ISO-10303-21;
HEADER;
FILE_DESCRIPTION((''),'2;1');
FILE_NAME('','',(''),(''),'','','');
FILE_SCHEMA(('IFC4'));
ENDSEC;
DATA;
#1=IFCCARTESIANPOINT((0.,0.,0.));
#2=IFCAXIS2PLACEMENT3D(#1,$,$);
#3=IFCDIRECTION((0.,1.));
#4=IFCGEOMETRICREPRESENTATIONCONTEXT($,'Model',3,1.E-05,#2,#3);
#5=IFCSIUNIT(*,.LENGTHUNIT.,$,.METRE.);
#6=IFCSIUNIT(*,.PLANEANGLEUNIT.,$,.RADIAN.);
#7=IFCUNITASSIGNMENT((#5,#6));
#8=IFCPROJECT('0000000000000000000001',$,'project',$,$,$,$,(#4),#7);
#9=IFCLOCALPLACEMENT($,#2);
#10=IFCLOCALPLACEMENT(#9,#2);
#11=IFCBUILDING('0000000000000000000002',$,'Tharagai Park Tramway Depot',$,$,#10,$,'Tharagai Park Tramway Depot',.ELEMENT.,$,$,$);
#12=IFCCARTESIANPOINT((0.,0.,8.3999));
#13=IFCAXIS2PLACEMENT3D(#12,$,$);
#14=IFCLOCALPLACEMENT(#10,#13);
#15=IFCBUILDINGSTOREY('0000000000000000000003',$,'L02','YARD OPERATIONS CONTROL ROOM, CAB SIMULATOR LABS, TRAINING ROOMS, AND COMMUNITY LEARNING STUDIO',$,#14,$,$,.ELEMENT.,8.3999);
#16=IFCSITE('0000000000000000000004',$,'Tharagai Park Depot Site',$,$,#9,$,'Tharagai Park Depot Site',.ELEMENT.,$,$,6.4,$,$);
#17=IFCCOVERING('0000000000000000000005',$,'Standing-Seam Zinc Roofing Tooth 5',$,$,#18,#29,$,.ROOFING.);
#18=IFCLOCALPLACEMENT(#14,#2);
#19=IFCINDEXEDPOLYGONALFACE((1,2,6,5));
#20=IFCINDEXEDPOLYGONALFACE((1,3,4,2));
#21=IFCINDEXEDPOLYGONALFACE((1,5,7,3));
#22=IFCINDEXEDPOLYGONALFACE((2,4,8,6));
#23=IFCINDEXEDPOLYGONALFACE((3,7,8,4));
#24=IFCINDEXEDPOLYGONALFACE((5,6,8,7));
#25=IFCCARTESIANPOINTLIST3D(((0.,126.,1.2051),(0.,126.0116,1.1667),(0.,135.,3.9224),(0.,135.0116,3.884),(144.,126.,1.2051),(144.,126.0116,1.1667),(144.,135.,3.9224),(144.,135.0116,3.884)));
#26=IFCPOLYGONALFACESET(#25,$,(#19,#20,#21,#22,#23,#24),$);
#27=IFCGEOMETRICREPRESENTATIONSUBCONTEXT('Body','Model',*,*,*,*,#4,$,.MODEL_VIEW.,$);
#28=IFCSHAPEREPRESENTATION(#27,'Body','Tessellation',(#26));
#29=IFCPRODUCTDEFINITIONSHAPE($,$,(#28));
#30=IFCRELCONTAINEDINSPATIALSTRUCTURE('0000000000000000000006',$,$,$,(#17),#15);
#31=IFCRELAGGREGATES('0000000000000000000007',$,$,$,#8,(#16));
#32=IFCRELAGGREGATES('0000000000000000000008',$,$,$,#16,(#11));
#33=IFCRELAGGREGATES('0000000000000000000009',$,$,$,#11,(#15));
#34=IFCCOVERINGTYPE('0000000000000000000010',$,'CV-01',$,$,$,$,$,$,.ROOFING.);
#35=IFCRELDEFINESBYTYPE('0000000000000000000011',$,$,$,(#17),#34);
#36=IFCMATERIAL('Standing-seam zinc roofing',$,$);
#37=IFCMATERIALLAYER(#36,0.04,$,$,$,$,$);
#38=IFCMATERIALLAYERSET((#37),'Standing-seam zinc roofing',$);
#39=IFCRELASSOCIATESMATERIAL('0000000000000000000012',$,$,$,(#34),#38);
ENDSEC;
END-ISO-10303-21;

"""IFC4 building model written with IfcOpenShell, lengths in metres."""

from ifc_helpers import new_model, si_unit, direction, frame, origin, place, context, subcontext, project, spatial, polyline, outline, extrude, material, layer, layer_set, type_object, element, save


model = new_model("IFC4")

# Units and contexts
model_context = context("Model", 3, precision=1e-05, world=origin(), true_north=direction((0.0, 1.0)))
body_context = subcontext(model_context, "Body", "Model", "MODEL_VIEW")
ifc_project = project(units=[si_unit("LENGTHUNIT", "METRE"), si_unit("PLANEANGLEUNIT", "RADIAN")], contexts=[model_context])

# Site, building, storey
site_placement = place(None, origin())
site = spatial("IfcSite", under=ifc_project, at=site_placement, Name="Tharagai Park Depot Site", LongName="Tharagai Park Depot Site", CompositionType="ELEMENT", RefElevation=6.4)
building_placement = place(site_placement, origin())
building = spatial("IfcBuilding", under=site, at=building_placement, Name="Tharagai Park Tramway Depot", LongName="Tharagai Park Tramway Depot", CompositionType="ELEMENT")
storey_placement = place(building_placement, frame((0.0, 0.0, 8.3999)))
storey = spatial("IfcBuildingStorey", under=building, at=storey_placement, Name="L02", Description="YARD OPERATIONS CONTROL ROOM, CAB SIMULATOR LABS, TRAINING ROOMS, AND COMMUNITY LEARNING STUDIO", CompositionType="ELEMENT", Elevation=8.3999)

# Covering
ifc_material_1 = material(Name="Standing-seam zinc roofing")
ifc_layer_1 = layer(ifc_material_1, 0.04)
ifc_layer_set_1 = layer_set([ifc_layer_1], Name="Standing-seam zinc roofing")
covering_type = type_object("IfcCoveringType", Name="CV-01", PredefinedType="ROOFING", material=ifc_layer_set_1)
covering_placement = place(storey_placement, frame((0.0, 126.0, 1.2051), z_axis=(0.0, -0.289034, 0.957319), x_axis=(1.0, 0.0, 0.0)))
element("IfcCovering", 1, at=covering_placement, inside=storey, type_object=covering_type, Name="Standing-Seam Zinc Roofing Tooth 5", PredefinedType="ROOFING", context=body_context, shape_type="SweptSolid", body=[
    extrude(outline(polyline([(0.0, 0.0), (144.0, 0.0), (144.0, 9.4013), (0.0, 9.4013), (0.0, 0.0)])), origin(), (0.0, 0.0, -1.0), 0.04),
])

save(model, "model.ifc")
